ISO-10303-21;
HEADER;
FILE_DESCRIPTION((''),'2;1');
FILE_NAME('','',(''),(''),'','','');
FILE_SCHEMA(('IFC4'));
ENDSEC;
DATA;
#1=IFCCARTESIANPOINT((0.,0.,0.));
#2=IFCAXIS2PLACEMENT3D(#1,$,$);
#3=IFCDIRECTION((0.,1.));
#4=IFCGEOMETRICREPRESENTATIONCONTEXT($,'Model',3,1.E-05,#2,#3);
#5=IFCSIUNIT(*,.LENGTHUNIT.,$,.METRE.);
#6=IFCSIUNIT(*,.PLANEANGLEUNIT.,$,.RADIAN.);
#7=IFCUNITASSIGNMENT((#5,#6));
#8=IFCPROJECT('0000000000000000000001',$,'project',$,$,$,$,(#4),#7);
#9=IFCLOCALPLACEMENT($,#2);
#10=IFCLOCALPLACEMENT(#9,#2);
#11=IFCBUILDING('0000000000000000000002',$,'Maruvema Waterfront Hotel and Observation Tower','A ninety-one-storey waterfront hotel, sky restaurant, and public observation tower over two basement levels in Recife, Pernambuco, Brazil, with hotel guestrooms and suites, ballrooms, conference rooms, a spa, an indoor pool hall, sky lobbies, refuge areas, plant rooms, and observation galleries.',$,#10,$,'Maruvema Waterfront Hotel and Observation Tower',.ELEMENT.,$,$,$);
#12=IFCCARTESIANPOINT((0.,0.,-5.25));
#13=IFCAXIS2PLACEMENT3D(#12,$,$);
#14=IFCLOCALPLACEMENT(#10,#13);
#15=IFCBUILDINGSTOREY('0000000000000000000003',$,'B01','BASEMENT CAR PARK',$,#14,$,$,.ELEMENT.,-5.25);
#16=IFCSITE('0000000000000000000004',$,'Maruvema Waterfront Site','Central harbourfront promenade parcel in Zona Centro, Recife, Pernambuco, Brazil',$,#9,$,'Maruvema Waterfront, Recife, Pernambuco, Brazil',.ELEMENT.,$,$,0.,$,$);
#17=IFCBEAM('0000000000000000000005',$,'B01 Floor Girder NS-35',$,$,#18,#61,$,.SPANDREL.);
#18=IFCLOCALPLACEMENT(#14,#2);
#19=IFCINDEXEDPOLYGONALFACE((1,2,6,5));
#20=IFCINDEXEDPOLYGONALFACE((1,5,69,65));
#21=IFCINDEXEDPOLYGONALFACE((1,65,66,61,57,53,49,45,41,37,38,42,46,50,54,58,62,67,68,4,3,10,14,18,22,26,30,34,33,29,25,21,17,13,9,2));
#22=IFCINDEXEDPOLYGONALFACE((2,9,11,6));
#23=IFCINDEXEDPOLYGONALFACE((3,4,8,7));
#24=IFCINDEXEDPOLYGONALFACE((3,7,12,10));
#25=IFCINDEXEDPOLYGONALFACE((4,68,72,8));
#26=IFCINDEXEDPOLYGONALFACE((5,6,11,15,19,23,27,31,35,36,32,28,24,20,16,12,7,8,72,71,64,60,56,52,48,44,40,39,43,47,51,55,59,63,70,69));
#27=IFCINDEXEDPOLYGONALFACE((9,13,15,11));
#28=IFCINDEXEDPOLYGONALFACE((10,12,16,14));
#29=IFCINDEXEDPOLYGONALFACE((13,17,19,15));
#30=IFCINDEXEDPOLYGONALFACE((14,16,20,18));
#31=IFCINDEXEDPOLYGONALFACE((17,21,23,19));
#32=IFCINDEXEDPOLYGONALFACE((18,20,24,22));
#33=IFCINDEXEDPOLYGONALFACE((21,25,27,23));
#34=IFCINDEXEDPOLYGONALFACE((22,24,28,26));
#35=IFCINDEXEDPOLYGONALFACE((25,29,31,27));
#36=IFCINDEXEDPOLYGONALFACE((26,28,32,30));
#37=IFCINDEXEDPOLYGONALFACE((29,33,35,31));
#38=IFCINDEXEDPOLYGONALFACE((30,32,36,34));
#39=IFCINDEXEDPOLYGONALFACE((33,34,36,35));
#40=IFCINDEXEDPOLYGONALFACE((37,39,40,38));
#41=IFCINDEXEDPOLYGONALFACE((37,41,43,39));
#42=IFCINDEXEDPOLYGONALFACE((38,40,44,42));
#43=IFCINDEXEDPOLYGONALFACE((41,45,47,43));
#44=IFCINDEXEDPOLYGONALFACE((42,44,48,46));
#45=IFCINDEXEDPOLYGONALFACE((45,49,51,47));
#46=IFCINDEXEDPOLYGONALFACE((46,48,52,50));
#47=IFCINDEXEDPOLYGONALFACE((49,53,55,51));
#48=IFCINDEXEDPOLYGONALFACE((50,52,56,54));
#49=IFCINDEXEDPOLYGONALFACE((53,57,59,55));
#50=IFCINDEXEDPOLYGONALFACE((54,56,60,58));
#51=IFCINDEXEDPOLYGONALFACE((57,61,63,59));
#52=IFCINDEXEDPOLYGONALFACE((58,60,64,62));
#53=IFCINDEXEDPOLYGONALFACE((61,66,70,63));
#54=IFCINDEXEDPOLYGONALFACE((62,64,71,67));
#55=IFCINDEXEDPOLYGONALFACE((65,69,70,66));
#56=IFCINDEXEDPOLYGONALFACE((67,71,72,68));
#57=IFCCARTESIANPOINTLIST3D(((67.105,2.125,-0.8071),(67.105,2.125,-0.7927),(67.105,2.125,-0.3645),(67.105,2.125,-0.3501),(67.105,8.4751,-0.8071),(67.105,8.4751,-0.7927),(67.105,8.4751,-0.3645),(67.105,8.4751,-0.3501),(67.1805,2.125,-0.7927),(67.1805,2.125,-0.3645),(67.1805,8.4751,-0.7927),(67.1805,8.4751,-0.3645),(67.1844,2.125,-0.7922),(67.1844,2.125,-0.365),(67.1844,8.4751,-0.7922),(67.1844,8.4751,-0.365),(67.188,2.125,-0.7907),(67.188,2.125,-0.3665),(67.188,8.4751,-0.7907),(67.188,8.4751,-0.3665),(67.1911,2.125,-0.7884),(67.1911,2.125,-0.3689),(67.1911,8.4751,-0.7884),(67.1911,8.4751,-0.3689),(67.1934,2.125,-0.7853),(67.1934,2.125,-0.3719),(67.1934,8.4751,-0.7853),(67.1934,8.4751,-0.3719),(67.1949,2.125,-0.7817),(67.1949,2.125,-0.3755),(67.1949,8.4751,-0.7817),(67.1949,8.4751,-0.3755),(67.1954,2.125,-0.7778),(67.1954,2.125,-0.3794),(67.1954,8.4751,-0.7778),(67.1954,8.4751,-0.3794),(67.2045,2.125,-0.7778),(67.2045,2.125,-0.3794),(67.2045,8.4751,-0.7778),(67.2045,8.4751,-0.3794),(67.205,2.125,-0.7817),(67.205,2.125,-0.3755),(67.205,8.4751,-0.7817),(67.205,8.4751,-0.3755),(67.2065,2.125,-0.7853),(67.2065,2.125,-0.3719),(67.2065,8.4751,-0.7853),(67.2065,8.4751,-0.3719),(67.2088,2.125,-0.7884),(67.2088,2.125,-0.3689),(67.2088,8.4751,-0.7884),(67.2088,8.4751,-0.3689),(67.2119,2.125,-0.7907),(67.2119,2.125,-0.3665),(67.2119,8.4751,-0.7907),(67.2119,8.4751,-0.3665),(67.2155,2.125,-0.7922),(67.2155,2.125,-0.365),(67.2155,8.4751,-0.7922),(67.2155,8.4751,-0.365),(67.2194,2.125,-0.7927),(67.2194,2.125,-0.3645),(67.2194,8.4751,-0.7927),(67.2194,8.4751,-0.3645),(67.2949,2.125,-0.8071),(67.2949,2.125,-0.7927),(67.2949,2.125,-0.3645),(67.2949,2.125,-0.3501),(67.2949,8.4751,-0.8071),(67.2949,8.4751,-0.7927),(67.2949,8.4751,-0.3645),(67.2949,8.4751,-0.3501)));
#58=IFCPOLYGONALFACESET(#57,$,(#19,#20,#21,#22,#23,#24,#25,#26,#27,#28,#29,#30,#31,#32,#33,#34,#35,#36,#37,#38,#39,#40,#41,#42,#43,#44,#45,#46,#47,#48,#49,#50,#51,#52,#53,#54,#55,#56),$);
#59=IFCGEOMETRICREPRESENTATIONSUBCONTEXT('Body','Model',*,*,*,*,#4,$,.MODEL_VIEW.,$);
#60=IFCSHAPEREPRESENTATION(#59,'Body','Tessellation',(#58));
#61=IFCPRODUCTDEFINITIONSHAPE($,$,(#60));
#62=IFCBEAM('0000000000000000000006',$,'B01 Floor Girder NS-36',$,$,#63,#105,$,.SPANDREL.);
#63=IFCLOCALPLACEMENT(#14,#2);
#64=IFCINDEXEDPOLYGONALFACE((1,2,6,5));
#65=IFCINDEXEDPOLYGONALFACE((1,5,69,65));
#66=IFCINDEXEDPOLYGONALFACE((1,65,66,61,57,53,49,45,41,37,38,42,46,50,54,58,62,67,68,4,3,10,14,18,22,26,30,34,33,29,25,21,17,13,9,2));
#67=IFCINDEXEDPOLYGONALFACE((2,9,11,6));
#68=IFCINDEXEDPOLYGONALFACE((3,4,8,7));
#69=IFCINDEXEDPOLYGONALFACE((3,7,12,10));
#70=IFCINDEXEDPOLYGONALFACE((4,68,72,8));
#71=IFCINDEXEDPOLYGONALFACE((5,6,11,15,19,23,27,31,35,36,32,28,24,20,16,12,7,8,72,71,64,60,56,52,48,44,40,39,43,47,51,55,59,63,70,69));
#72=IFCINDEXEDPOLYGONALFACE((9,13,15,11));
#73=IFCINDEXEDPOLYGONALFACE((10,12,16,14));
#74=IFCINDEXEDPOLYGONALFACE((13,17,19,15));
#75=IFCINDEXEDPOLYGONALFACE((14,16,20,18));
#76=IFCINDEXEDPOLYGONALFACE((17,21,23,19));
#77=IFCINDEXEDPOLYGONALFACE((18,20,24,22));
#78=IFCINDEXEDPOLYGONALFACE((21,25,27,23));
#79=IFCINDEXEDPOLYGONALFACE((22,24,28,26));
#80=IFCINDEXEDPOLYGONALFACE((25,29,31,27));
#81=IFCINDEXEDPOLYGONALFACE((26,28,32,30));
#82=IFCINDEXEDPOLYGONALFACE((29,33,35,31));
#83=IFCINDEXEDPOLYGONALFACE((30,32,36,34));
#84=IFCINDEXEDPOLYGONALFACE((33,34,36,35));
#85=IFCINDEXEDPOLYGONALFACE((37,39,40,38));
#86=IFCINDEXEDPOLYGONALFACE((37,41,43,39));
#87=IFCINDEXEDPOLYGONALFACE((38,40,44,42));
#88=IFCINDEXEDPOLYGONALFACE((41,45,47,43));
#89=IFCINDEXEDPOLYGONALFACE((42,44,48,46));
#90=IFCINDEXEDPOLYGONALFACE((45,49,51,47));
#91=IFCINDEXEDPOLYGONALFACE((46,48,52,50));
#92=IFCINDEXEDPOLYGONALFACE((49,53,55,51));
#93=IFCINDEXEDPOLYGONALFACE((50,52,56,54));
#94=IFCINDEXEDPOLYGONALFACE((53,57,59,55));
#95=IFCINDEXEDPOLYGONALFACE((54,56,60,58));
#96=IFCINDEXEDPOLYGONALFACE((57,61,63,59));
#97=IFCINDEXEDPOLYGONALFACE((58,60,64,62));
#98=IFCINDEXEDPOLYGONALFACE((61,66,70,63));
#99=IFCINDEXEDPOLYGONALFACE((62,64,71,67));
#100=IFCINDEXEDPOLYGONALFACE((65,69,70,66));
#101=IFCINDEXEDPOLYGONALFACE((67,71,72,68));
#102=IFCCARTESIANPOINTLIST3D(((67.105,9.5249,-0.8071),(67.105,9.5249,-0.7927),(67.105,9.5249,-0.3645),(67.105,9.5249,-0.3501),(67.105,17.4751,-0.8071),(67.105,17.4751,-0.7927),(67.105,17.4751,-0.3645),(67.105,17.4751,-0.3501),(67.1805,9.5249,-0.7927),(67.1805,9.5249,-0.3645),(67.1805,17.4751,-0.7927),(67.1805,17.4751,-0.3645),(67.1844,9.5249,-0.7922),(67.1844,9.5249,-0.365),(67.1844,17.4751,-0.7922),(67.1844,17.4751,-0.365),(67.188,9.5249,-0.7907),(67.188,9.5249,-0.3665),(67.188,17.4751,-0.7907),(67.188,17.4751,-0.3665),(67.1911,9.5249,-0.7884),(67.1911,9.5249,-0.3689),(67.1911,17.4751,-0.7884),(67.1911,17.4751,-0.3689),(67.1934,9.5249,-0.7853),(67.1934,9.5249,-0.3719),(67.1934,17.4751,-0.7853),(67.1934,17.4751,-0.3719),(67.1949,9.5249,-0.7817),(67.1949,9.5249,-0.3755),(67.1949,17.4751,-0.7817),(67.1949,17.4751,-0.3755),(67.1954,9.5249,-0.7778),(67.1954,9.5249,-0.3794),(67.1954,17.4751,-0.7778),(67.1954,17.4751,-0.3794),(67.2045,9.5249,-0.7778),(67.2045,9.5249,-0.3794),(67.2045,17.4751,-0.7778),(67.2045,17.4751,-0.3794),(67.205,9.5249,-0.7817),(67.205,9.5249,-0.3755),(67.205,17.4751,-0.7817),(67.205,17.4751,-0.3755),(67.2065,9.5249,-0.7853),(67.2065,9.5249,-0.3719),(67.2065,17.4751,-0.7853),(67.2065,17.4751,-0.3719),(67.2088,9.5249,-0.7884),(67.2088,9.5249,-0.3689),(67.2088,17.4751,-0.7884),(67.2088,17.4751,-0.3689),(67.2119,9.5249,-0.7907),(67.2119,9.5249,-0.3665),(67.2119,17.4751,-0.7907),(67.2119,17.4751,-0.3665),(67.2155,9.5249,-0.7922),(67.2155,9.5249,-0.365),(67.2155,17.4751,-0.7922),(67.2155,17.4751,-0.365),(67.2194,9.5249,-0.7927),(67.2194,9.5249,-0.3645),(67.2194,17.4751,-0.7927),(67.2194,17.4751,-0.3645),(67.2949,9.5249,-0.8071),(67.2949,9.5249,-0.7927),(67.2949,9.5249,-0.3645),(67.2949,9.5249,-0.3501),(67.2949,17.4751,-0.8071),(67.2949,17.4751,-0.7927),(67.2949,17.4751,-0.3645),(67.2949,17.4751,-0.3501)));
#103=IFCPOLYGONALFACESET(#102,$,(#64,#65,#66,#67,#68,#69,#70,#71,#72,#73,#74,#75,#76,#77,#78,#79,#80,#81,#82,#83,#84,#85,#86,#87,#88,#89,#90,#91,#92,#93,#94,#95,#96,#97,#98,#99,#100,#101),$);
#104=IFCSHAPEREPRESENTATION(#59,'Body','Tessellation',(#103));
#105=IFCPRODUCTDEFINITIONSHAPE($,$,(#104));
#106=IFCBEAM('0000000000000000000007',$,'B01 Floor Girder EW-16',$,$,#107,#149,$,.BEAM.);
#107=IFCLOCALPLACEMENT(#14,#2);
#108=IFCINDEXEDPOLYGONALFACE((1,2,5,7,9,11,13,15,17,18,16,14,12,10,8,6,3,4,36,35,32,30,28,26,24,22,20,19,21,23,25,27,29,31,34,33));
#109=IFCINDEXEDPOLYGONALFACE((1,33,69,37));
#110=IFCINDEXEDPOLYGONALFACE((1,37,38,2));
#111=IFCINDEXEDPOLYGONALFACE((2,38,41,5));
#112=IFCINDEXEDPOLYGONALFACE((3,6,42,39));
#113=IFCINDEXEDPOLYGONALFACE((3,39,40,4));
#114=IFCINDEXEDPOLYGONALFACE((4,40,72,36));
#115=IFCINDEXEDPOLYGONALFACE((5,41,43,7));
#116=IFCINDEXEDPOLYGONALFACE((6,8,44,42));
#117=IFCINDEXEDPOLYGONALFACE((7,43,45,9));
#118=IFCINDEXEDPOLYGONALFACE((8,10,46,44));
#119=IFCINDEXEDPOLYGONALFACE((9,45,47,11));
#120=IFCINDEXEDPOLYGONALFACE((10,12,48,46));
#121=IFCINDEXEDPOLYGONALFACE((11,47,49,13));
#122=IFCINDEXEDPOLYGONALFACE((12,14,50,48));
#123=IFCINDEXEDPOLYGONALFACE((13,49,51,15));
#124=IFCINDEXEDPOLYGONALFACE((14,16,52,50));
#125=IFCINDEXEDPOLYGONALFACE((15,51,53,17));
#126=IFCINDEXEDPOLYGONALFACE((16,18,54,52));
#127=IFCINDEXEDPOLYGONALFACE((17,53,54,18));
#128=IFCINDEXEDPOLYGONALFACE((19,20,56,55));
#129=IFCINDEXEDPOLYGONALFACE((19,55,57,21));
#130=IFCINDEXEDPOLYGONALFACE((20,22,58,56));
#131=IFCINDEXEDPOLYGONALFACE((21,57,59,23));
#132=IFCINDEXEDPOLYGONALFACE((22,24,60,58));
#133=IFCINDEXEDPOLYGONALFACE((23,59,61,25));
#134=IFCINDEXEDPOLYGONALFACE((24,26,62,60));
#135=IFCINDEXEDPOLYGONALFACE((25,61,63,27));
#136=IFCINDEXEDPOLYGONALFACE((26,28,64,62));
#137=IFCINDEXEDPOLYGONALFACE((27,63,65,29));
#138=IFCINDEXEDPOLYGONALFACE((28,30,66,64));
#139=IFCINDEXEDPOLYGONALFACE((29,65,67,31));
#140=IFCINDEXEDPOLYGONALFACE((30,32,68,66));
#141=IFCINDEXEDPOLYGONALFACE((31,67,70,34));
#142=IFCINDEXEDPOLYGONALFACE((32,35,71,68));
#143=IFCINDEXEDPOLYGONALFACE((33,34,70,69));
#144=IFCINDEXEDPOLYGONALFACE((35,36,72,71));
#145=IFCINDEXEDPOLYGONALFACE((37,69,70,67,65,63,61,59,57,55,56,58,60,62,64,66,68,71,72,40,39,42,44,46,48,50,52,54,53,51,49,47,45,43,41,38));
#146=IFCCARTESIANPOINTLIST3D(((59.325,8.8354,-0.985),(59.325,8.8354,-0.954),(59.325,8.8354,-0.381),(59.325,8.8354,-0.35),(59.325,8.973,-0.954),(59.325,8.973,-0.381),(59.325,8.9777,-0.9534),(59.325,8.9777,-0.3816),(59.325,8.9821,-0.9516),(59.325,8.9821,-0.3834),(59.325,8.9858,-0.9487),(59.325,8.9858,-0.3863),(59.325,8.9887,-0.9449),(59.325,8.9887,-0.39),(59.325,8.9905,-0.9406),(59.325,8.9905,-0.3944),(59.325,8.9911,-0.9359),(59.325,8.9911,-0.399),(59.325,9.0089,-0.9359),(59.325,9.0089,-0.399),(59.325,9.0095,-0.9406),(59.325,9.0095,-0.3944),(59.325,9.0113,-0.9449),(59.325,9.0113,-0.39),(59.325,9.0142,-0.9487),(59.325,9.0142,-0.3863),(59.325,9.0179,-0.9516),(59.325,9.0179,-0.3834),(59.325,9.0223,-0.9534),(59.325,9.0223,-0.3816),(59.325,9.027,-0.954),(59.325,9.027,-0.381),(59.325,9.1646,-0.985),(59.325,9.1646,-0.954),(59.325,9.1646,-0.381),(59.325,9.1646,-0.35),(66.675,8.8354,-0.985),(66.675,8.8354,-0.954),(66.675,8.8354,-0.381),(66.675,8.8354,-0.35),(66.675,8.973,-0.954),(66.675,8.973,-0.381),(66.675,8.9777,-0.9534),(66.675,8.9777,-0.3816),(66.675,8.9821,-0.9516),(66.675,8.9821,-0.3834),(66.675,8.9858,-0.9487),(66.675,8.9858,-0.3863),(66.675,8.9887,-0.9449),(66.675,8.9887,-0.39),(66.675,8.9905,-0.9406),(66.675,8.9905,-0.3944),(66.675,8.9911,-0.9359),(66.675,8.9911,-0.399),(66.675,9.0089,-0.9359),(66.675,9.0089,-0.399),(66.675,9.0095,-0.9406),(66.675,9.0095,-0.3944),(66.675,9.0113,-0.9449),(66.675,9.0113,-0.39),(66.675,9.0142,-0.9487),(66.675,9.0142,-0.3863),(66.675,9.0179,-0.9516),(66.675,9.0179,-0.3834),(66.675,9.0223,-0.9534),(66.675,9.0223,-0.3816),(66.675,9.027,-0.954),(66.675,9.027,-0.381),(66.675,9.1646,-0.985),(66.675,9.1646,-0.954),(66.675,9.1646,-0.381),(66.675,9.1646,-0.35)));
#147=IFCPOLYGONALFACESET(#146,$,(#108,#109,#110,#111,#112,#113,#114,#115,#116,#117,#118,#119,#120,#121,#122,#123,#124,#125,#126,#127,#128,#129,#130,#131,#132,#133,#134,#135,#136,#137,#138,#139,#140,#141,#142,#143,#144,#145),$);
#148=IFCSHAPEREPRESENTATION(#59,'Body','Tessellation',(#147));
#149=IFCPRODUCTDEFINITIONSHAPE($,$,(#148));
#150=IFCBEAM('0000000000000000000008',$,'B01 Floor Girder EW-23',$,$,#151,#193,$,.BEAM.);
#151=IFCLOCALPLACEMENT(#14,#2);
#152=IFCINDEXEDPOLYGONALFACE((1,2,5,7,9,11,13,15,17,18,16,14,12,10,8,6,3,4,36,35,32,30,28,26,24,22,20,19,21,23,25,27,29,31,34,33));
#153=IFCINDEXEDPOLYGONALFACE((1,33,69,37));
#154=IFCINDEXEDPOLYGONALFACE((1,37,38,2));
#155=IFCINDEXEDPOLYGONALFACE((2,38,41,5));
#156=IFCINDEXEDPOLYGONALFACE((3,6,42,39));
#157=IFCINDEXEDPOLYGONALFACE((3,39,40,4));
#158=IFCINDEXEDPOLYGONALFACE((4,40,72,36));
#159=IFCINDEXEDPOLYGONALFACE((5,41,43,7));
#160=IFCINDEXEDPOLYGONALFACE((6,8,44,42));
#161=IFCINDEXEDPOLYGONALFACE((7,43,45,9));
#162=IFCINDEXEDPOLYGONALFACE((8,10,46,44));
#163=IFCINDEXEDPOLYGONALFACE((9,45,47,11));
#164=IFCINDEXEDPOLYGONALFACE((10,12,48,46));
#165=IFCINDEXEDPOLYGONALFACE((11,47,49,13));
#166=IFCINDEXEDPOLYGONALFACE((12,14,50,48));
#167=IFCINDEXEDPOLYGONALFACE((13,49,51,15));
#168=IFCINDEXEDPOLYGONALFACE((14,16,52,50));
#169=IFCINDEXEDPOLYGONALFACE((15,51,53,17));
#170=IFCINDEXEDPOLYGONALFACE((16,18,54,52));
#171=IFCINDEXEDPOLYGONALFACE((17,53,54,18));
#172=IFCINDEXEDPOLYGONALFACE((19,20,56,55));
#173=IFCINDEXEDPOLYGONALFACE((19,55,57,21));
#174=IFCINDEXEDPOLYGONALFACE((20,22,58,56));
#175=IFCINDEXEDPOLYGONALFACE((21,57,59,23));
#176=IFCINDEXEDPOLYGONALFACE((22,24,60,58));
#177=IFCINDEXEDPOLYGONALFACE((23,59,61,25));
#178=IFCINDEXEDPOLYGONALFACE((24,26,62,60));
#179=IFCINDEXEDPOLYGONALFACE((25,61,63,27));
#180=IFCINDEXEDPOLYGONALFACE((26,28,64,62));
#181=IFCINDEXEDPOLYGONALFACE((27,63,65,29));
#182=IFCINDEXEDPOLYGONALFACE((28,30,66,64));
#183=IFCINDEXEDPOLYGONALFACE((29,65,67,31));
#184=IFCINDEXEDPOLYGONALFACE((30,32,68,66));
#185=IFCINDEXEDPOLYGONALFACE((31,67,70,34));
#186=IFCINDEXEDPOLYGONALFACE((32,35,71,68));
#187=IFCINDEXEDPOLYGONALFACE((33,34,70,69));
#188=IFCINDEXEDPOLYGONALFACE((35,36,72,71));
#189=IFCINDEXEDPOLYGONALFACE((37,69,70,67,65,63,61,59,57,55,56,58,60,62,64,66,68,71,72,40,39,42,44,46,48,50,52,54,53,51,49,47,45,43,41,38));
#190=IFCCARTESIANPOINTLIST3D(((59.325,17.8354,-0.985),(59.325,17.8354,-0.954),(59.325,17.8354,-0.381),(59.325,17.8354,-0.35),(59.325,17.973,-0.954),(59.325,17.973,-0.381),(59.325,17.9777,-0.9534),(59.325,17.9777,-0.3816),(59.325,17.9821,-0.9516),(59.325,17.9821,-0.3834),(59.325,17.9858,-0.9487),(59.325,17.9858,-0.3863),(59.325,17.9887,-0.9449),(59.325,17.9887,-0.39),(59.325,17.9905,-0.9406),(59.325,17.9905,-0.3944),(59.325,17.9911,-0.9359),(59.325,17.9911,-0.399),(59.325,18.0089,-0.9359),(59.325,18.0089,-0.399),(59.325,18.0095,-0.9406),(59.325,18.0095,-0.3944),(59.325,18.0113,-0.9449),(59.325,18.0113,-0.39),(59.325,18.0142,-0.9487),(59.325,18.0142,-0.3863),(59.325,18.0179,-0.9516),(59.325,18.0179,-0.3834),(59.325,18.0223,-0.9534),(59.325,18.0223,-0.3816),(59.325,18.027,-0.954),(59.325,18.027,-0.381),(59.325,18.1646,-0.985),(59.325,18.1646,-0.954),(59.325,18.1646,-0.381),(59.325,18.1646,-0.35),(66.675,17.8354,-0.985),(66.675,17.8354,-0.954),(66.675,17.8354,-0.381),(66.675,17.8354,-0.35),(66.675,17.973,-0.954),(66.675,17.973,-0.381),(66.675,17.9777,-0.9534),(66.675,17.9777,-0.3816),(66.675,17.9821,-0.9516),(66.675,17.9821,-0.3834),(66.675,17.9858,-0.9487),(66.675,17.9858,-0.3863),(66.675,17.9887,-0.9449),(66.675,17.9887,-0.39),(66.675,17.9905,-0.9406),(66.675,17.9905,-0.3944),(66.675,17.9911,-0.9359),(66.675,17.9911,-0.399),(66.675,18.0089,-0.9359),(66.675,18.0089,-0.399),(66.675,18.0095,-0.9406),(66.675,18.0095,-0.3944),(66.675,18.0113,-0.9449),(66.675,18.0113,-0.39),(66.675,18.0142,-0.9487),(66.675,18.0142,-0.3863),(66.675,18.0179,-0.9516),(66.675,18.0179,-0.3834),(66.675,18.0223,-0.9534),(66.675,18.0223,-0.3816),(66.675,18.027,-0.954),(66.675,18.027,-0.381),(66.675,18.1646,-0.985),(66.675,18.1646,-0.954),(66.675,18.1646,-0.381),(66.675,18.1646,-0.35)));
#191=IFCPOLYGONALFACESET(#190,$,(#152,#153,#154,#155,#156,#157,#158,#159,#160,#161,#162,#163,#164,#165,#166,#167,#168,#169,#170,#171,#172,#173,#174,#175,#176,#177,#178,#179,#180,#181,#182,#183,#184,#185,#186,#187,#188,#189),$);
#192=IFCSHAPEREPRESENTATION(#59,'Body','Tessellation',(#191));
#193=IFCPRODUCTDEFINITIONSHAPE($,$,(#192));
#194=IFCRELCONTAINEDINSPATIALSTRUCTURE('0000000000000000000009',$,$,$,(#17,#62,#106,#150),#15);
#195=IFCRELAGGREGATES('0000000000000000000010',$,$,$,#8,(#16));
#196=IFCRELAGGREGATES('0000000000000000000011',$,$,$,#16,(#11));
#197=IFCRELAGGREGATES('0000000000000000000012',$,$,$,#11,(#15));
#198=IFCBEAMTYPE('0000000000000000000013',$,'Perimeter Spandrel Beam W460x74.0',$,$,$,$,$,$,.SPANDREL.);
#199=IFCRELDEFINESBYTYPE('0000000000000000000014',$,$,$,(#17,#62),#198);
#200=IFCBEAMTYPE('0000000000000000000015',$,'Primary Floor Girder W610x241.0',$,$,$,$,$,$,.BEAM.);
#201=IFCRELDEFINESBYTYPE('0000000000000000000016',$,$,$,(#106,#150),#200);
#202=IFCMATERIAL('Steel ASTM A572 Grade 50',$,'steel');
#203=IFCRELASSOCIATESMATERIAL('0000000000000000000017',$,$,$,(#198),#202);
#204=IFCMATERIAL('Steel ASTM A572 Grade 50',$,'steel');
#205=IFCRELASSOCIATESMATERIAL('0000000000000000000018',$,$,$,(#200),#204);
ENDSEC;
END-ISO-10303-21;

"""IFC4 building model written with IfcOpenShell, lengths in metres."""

from ifc_helpers import new_model, si_unit, direction, frame, origin, origin_2d, place, context, subcontext, project, spatial, i_section, extrude, material, material_profile, profile_set, type_object, element, save


model = new_model("IFC4")

# Units and contexts
model_context = context("Model", 3, precision=1e-05, world=origin(), true_north=direction((0.0, 1.0)))
body_context = subcontext(model_context, "Body", "Model", "MODEL_VIEW")
ifc_project = project(units=[si_unit("LENGTHUNIT", "METRE"), si_unit("PLANEANGLEUNIT", "RADIAN")], contexts=[model_context])

# Site, building, storey
site_placement = place(None, origin())
site = spatial("IfcSite", under=ifc_project, at=site_placement, Name="Maruvema Waterfront Site", Description="Central harbourfront promenade parcel in Zona Centro, Recife, Pernambuco, Brazil", LongName="Maruvema Waterfront, Recife, Pernambuco, Brazil", CompositionType="ELEMENT", RefElevation=0.0)
building_placement = place(site_placement, origin())
building = spatial("IfcBuilding", under=site, at=building_placement, Name="Maruvema Waterfront Hotel and Observation Tower", Description="A ninety-one-storey waterfront hotel, sky restaurant, and public observation tower over two basement levels in Recife, Pernambuco, Brazil, with hotel guestrooms and suites, ballrooms, conference rooms, a spa, an indoor pool hall, sky lobbies, refuge areas, plant rooms, and observation galleries.", LongName="Maruvema Waterfront Hotel and Observation Tower", CompositionType="ELEMENT")
storey_placement = place(building_placement, frame((0.0, 0.0, -5.25)))
storey = spatial("IfcBuildingStorey", under=building, at=storey_placement, Name="B01", Description="BASEMENT CAR PARK", CompositionType="ELEMENT", Elevation=-5.25)

# Beams
ifc_material_1 = material(Name="Steel ASTM A572 Grade 50", Category="steel")
ifc_material_profile_1 = material_profile(ifc_material_1, i_section(OverallWidth=0.1899, OverallDepth=0.457, WebThickness=0.009, FlangeThickness=0.0144, FilletRadius=0.0149, at=origin_2d()), Name="W460x74.0")
ifc_profile_set_1 = profile_set([ifc_material_profile_1], Name="Steel ASTM A572 Grade 50")
beam_type_1 = type_object("IfcBeamType", Name="Perimeter Spandrel Beam W460x74.0", PredefinedType="SPANDREL", material=ifc_profile_set_1)
beam_1_placement = place(storey_placement, frame((67.2, 2.125, -0.5786), z_axis=(0.0, 1.0, 0.0), x_axis=(-1.0, 0.0, 0.0)))
element("IfcBeam", 1, at=beam_1_placement, inside=storey, type_object=beam_type_1, Name="B01 Floor Girder NS-35", PredefinedType="SPANDREL", context=body_context, shape_type="SweptSolid", body=[
    extrude(i_section(OverallWidth=0.1899, OverallDepth=0.457, WebThickness=0.009, FlangeThickness=0.0144, FilletRadius=0.0149, at=origin_2d()), origin(), (0.0, 0.0, 1.0), 6.3501),
])
beam_2_placement = place(storey_placement, frame((67.2, 9.5249, -0.5786), z_axis=(0.0, 1.0, 0.0), x_axis=(-1.0, 0.0, 0.0)))
element("IfcBeam", 2, at=beam_2_placement, inside=storey, type_object=beam_type_1, Name="B01 Floor Girder NS-36", PredefinedType="SPANDREL", context=body_context, shape_type="SweptSolid", body=[
    extrude(i_section(OverallWidth=0.1899, OverallDepth=0.457, WebThickness=0.009, FlangeThickness=0.0144, FilletRadius=0.0149, at=origin_2d()), origin(), (0.0, 0.0, 1.0), 7.9502),
])
ifc_material_2 = material(Name="Steel ASTM A572 Grade 50", Category="steel")
ifc_material_profile_2 = material_profile(ifc_material_2, i_section(OverallWidth=0.3291, OverallDepth=0.635, WebThickness=0.0178, FlangeThickness=0.031, FilletRadius=0.0181, at=origin_2d()), Name="W610x241.0")
ifc_profile_set_2 = profile_set([ifc_material_profile_2], Name="Steel ASTM A572 Grade 50")
beam_type_2 = type_object("IfcBeamType", Name="Primary Floor Girder W610x241.0", PredefinedType="BEAM", material=ifc_profile_set_2)
for number, where, z_axis, x_axis, name in (
    (3, (59.325, 9.0, -0.6675), (1.0, 0.0, 0.0), (0.0, 1.0, 0.0), "B01 Floor Girder EW-16"),
    (4, (59.325, 18.0, -0.6675), (1.0, 0.0, 0.0), (0.0, 1.0, 0.0), "B01 Floor Girder EW-23"),
):
    element("IfcBeam", number, at=place(storey_placement, frame(where, z_axis=z_axis, x_axis=x_axis)), inside=storey, type_object=beam_type_2, Name=name, PredefinedType="BEAM", context=body_context, shape_type="SweptSolid", body=[
        extrude(i_section(OverallWidth=0.3291, OverallDepth=0.635, WebThickness=0.0178, FlangeThickness=0.031, FilletRadius=0.0181, at=origin_2d()), origin(), (0.0, 0.0, 1.0), 7.3501),
    ])

save(model, "model.ifc")
